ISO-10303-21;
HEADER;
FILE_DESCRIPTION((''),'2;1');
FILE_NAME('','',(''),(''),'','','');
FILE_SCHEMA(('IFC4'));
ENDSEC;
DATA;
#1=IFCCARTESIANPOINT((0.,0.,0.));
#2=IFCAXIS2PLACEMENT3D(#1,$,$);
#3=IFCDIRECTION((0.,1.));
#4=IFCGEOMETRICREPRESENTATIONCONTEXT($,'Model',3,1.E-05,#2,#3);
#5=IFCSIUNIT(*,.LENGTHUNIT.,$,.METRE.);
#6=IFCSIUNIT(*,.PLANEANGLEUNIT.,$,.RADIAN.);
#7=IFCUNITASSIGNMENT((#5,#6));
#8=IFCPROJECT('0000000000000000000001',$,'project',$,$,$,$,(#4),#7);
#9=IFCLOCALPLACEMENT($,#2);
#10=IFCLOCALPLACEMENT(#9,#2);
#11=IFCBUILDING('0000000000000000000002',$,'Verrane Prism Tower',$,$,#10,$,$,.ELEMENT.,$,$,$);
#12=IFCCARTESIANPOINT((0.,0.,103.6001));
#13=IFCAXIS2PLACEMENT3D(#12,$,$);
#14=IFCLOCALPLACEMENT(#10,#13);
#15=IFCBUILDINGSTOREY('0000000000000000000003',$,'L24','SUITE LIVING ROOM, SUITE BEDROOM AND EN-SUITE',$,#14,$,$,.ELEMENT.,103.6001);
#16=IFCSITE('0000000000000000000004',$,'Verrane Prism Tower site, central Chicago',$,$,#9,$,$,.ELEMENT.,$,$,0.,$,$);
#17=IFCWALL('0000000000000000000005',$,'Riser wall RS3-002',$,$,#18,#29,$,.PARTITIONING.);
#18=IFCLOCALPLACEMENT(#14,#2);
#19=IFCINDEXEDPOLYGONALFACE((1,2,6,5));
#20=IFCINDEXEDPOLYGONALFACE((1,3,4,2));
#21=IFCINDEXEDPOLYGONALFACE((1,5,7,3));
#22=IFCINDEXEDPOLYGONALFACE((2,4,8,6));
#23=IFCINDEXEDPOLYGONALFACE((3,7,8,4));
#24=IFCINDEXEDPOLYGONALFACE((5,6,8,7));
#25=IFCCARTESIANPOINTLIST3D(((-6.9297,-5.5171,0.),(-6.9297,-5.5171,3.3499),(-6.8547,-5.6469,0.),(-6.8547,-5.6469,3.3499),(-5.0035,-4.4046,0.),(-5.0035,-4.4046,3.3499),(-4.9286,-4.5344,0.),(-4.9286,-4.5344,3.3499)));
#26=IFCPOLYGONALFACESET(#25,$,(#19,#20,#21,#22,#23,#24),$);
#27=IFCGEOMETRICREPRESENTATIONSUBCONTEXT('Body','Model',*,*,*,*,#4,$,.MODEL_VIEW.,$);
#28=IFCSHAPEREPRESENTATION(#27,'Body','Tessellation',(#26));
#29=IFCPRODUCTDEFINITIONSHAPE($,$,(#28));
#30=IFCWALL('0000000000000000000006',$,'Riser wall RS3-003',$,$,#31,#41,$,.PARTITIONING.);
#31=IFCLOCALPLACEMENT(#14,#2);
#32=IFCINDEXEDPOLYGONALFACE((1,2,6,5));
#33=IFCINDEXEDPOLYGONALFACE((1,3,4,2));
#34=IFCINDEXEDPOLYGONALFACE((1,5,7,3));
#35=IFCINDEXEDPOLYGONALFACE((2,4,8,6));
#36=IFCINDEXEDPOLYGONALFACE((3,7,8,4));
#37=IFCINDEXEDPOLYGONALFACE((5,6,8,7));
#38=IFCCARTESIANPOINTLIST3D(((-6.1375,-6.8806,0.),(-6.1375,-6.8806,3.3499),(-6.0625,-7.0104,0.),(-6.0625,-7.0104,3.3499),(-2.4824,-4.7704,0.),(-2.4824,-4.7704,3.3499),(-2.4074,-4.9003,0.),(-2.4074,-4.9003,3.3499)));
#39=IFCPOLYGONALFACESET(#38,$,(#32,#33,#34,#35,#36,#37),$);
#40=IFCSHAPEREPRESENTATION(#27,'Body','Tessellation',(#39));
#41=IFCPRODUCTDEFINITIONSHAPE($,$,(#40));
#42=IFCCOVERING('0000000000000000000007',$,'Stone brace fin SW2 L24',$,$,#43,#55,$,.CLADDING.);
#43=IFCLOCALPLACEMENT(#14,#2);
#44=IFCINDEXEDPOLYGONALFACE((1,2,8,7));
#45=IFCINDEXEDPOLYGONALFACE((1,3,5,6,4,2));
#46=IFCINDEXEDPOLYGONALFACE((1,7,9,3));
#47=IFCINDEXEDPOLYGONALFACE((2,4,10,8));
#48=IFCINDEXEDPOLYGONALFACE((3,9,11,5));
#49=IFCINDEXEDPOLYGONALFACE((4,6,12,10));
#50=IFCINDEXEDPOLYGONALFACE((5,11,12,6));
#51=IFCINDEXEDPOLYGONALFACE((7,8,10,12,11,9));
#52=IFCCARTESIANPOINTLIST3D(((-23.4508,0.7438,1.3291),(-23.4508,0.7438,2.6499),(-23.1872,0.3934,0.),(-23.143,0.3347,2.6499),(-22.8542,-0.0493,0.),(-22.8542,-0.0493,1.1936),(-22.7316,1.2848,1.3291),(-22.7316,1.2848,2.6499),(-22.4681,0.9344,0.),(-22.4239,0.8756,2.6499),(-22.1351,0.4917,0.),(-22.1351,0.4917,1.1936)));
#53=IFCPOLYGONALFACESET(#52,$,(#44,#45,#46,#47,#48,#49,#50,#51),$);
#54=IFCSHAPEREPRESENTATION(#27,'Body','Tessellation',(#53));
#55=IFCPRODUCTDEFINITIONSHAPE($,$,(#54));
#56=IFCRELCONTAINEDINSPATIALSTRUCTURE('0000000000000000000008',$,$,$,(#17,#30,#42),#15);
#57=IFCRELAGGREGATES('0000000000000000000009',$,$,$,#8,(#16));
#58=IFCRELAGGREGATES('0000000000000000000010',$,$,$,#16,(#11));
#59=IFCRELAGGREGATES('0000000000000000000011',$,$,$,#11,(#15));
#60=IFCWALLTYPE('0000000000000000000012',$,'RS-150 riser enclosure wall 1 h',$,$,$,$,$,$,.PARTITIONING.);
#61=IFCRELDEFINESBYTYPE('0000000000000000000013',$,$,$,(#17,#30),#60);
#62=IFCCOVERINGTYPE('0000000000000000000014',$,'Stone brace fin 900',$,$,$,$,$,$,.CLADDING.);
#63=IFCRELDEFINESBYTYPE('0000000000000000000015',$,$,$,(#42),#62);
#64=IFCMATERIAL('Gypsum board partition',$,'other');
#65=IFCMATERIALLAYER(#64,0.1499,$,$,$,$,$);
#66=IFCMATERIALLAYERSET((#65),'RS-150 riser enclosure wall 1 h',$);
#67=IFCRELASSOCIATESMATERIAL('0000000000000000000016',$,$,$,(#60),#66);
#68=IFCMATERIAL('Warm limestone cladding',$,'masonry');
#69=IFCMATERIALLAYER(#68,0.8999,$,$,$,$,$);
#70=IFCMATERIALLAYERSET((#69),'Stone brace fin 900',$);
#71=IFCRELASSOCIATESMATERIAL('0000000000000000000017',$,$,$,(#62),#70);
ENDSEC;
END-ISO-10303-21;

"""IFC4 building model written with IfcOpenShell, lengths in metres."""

from ifc_helpers import new_model, si_unit, direction, frame, frame_2d, origin, place, context, subcontext, project, spatial, polyline, rectangle, outline, extrude, material, layer, layer_set, type_object, element, save


model = new_model("IFC4")

# Units and contexts
model_context = context("Model", 3, precision=1e-05, world=origin(), true_north=direction((0.0, 1.0)))
body_context = subcontext(model_context, "Body", "Model", "MODEL_VIEW")
ifc_project = project(units=[si_unit("LENGTHUNIT", "METRE"), si_unit("PLANEANGLEUNIT", "RADIAN")], contexts=[model_context])

# Site, building, storey
site_placement = place(None, origin())
site = spatial("IfcSite", under=ifc_project, at=site_placement, Name="Verrane Prism Tower site, central Chicago", CompositionType="ELEMENT", RefElevation=0.0)
building_placement = place(site_placement, origin())
building = spatial("IfcBuilding", under=site, at=building_placement, Name="Verrane Prism Tower", CompositionType="ELEMENT")
storey_placement = place(building_placement, frame((0.0, 0.0, 103.6001)))
storey = spatial("IfcBuildingStorey", under=building, at=storey_placement, Name="L24", Description="SUITE LIVING ROOM, SUITE BEDROOM AND EN-SUITE", CompositionType="ELEMENT", Elevation=103.6001)

# Walls
ifc_material_1 = material(Name="Gypsum board partition", Category="other")
ifc_layer_1 = layer(ifc_material_1, 0.1499)
ifc_layer_set_1 = layer_set([ifc_layer_1], Name="RS-150 riser enclosure wall 1 h")
wall_type_1 = type_object("IfcWallType", Name="RS-150 riser enclosure wall 1 h", PredefinedType="PARTITIONING", material=ifc_layer_set_1)
wall_1_placement = place(storey_placement, frame((-6.8923, -5.582, 0.0), z_axis=(0.0, 0.0, 1.0), x_axis=(0.865944, 0.50014, 0.0)))
element("IfcWall", 1, at=wall_1_placement, inside=storey, type_object=wall_type_1, Name="Riser wall RS3-002", PredefinedType="PARTITIONING", context=body_context, shape_type="SweptSolid", body=[
    extrude(rectangle(XDim=2.2244, YDim=0.1499, at=frame_2d((1.1123, 0.0))), origin(), (0.0, 0.0, 1.0), 3.3499),
])
wall_2_placement = place(storey_placement, frame((-6.1001, -6.9456, 0.0), z_axis=(0.0, 0.0, 1.0), x_axis=(0.866038, 0.499978, 0.0)))
element("IfcWall", 2, at=wall_2_placement, inside=storey, type_object=wall_type_1, Name="Riser wall RS3-003", PredefinedType="PARTITIONING", context=body_context, shape_type="SweptSolid", body=[
    extrude(rectangle(XDim=4.2205, YDim=0.1499, at=frame_2d((2.1104, 0.0))), origin(), (0.0, 0.0, 1.0), 3.3499),
])

# Covering
ifc_material_2 = material(Name="Warm limestone cladding", Category="masonry")
ifc_layer_2 = layer(ifc_material_2, 0.8999)
ifc_layer_set_2 = layer_set([ifc_layer_2], Name="Stone brace fin 900")
covering_type = type_object("IfcCoveringType", Name="Stone brace fin 900", PredefinedType="CLADDING", material=ifc_layer_set_2)
covering_placement = place(storey_placement, frame((-22.4946, 0.2212, 0.0), z_axis=(0.0, 0.0, 1.0), x_axis=(-0.601141, 0.799143, 0.0)))
element("IfcCovering", 3, at=covering_placement, inside=storey, type_object=covering_type, Name="Stone brace fin SW2 L24", PredefinedType="CLADDING", context=body_context, shape_type="SweptSolid", body=[
    extrude(outline(polyline([(0.9924, 2.6499), (0.4805, 2.6499), (0.0, 1.1936), (0.0, 0.0), (0.554, 0.0), (0.9924, 1.3291), (0.9924, 2.6499)])), frame((0.0, 0.45, 0.0), z_axis=(0.0, -1.0, 0.0), x_axis=(1.0, 0.0, 0.0)), (0.0, 0.0, 1.0), 0.8999),
])

save(model, "model.ifc")
